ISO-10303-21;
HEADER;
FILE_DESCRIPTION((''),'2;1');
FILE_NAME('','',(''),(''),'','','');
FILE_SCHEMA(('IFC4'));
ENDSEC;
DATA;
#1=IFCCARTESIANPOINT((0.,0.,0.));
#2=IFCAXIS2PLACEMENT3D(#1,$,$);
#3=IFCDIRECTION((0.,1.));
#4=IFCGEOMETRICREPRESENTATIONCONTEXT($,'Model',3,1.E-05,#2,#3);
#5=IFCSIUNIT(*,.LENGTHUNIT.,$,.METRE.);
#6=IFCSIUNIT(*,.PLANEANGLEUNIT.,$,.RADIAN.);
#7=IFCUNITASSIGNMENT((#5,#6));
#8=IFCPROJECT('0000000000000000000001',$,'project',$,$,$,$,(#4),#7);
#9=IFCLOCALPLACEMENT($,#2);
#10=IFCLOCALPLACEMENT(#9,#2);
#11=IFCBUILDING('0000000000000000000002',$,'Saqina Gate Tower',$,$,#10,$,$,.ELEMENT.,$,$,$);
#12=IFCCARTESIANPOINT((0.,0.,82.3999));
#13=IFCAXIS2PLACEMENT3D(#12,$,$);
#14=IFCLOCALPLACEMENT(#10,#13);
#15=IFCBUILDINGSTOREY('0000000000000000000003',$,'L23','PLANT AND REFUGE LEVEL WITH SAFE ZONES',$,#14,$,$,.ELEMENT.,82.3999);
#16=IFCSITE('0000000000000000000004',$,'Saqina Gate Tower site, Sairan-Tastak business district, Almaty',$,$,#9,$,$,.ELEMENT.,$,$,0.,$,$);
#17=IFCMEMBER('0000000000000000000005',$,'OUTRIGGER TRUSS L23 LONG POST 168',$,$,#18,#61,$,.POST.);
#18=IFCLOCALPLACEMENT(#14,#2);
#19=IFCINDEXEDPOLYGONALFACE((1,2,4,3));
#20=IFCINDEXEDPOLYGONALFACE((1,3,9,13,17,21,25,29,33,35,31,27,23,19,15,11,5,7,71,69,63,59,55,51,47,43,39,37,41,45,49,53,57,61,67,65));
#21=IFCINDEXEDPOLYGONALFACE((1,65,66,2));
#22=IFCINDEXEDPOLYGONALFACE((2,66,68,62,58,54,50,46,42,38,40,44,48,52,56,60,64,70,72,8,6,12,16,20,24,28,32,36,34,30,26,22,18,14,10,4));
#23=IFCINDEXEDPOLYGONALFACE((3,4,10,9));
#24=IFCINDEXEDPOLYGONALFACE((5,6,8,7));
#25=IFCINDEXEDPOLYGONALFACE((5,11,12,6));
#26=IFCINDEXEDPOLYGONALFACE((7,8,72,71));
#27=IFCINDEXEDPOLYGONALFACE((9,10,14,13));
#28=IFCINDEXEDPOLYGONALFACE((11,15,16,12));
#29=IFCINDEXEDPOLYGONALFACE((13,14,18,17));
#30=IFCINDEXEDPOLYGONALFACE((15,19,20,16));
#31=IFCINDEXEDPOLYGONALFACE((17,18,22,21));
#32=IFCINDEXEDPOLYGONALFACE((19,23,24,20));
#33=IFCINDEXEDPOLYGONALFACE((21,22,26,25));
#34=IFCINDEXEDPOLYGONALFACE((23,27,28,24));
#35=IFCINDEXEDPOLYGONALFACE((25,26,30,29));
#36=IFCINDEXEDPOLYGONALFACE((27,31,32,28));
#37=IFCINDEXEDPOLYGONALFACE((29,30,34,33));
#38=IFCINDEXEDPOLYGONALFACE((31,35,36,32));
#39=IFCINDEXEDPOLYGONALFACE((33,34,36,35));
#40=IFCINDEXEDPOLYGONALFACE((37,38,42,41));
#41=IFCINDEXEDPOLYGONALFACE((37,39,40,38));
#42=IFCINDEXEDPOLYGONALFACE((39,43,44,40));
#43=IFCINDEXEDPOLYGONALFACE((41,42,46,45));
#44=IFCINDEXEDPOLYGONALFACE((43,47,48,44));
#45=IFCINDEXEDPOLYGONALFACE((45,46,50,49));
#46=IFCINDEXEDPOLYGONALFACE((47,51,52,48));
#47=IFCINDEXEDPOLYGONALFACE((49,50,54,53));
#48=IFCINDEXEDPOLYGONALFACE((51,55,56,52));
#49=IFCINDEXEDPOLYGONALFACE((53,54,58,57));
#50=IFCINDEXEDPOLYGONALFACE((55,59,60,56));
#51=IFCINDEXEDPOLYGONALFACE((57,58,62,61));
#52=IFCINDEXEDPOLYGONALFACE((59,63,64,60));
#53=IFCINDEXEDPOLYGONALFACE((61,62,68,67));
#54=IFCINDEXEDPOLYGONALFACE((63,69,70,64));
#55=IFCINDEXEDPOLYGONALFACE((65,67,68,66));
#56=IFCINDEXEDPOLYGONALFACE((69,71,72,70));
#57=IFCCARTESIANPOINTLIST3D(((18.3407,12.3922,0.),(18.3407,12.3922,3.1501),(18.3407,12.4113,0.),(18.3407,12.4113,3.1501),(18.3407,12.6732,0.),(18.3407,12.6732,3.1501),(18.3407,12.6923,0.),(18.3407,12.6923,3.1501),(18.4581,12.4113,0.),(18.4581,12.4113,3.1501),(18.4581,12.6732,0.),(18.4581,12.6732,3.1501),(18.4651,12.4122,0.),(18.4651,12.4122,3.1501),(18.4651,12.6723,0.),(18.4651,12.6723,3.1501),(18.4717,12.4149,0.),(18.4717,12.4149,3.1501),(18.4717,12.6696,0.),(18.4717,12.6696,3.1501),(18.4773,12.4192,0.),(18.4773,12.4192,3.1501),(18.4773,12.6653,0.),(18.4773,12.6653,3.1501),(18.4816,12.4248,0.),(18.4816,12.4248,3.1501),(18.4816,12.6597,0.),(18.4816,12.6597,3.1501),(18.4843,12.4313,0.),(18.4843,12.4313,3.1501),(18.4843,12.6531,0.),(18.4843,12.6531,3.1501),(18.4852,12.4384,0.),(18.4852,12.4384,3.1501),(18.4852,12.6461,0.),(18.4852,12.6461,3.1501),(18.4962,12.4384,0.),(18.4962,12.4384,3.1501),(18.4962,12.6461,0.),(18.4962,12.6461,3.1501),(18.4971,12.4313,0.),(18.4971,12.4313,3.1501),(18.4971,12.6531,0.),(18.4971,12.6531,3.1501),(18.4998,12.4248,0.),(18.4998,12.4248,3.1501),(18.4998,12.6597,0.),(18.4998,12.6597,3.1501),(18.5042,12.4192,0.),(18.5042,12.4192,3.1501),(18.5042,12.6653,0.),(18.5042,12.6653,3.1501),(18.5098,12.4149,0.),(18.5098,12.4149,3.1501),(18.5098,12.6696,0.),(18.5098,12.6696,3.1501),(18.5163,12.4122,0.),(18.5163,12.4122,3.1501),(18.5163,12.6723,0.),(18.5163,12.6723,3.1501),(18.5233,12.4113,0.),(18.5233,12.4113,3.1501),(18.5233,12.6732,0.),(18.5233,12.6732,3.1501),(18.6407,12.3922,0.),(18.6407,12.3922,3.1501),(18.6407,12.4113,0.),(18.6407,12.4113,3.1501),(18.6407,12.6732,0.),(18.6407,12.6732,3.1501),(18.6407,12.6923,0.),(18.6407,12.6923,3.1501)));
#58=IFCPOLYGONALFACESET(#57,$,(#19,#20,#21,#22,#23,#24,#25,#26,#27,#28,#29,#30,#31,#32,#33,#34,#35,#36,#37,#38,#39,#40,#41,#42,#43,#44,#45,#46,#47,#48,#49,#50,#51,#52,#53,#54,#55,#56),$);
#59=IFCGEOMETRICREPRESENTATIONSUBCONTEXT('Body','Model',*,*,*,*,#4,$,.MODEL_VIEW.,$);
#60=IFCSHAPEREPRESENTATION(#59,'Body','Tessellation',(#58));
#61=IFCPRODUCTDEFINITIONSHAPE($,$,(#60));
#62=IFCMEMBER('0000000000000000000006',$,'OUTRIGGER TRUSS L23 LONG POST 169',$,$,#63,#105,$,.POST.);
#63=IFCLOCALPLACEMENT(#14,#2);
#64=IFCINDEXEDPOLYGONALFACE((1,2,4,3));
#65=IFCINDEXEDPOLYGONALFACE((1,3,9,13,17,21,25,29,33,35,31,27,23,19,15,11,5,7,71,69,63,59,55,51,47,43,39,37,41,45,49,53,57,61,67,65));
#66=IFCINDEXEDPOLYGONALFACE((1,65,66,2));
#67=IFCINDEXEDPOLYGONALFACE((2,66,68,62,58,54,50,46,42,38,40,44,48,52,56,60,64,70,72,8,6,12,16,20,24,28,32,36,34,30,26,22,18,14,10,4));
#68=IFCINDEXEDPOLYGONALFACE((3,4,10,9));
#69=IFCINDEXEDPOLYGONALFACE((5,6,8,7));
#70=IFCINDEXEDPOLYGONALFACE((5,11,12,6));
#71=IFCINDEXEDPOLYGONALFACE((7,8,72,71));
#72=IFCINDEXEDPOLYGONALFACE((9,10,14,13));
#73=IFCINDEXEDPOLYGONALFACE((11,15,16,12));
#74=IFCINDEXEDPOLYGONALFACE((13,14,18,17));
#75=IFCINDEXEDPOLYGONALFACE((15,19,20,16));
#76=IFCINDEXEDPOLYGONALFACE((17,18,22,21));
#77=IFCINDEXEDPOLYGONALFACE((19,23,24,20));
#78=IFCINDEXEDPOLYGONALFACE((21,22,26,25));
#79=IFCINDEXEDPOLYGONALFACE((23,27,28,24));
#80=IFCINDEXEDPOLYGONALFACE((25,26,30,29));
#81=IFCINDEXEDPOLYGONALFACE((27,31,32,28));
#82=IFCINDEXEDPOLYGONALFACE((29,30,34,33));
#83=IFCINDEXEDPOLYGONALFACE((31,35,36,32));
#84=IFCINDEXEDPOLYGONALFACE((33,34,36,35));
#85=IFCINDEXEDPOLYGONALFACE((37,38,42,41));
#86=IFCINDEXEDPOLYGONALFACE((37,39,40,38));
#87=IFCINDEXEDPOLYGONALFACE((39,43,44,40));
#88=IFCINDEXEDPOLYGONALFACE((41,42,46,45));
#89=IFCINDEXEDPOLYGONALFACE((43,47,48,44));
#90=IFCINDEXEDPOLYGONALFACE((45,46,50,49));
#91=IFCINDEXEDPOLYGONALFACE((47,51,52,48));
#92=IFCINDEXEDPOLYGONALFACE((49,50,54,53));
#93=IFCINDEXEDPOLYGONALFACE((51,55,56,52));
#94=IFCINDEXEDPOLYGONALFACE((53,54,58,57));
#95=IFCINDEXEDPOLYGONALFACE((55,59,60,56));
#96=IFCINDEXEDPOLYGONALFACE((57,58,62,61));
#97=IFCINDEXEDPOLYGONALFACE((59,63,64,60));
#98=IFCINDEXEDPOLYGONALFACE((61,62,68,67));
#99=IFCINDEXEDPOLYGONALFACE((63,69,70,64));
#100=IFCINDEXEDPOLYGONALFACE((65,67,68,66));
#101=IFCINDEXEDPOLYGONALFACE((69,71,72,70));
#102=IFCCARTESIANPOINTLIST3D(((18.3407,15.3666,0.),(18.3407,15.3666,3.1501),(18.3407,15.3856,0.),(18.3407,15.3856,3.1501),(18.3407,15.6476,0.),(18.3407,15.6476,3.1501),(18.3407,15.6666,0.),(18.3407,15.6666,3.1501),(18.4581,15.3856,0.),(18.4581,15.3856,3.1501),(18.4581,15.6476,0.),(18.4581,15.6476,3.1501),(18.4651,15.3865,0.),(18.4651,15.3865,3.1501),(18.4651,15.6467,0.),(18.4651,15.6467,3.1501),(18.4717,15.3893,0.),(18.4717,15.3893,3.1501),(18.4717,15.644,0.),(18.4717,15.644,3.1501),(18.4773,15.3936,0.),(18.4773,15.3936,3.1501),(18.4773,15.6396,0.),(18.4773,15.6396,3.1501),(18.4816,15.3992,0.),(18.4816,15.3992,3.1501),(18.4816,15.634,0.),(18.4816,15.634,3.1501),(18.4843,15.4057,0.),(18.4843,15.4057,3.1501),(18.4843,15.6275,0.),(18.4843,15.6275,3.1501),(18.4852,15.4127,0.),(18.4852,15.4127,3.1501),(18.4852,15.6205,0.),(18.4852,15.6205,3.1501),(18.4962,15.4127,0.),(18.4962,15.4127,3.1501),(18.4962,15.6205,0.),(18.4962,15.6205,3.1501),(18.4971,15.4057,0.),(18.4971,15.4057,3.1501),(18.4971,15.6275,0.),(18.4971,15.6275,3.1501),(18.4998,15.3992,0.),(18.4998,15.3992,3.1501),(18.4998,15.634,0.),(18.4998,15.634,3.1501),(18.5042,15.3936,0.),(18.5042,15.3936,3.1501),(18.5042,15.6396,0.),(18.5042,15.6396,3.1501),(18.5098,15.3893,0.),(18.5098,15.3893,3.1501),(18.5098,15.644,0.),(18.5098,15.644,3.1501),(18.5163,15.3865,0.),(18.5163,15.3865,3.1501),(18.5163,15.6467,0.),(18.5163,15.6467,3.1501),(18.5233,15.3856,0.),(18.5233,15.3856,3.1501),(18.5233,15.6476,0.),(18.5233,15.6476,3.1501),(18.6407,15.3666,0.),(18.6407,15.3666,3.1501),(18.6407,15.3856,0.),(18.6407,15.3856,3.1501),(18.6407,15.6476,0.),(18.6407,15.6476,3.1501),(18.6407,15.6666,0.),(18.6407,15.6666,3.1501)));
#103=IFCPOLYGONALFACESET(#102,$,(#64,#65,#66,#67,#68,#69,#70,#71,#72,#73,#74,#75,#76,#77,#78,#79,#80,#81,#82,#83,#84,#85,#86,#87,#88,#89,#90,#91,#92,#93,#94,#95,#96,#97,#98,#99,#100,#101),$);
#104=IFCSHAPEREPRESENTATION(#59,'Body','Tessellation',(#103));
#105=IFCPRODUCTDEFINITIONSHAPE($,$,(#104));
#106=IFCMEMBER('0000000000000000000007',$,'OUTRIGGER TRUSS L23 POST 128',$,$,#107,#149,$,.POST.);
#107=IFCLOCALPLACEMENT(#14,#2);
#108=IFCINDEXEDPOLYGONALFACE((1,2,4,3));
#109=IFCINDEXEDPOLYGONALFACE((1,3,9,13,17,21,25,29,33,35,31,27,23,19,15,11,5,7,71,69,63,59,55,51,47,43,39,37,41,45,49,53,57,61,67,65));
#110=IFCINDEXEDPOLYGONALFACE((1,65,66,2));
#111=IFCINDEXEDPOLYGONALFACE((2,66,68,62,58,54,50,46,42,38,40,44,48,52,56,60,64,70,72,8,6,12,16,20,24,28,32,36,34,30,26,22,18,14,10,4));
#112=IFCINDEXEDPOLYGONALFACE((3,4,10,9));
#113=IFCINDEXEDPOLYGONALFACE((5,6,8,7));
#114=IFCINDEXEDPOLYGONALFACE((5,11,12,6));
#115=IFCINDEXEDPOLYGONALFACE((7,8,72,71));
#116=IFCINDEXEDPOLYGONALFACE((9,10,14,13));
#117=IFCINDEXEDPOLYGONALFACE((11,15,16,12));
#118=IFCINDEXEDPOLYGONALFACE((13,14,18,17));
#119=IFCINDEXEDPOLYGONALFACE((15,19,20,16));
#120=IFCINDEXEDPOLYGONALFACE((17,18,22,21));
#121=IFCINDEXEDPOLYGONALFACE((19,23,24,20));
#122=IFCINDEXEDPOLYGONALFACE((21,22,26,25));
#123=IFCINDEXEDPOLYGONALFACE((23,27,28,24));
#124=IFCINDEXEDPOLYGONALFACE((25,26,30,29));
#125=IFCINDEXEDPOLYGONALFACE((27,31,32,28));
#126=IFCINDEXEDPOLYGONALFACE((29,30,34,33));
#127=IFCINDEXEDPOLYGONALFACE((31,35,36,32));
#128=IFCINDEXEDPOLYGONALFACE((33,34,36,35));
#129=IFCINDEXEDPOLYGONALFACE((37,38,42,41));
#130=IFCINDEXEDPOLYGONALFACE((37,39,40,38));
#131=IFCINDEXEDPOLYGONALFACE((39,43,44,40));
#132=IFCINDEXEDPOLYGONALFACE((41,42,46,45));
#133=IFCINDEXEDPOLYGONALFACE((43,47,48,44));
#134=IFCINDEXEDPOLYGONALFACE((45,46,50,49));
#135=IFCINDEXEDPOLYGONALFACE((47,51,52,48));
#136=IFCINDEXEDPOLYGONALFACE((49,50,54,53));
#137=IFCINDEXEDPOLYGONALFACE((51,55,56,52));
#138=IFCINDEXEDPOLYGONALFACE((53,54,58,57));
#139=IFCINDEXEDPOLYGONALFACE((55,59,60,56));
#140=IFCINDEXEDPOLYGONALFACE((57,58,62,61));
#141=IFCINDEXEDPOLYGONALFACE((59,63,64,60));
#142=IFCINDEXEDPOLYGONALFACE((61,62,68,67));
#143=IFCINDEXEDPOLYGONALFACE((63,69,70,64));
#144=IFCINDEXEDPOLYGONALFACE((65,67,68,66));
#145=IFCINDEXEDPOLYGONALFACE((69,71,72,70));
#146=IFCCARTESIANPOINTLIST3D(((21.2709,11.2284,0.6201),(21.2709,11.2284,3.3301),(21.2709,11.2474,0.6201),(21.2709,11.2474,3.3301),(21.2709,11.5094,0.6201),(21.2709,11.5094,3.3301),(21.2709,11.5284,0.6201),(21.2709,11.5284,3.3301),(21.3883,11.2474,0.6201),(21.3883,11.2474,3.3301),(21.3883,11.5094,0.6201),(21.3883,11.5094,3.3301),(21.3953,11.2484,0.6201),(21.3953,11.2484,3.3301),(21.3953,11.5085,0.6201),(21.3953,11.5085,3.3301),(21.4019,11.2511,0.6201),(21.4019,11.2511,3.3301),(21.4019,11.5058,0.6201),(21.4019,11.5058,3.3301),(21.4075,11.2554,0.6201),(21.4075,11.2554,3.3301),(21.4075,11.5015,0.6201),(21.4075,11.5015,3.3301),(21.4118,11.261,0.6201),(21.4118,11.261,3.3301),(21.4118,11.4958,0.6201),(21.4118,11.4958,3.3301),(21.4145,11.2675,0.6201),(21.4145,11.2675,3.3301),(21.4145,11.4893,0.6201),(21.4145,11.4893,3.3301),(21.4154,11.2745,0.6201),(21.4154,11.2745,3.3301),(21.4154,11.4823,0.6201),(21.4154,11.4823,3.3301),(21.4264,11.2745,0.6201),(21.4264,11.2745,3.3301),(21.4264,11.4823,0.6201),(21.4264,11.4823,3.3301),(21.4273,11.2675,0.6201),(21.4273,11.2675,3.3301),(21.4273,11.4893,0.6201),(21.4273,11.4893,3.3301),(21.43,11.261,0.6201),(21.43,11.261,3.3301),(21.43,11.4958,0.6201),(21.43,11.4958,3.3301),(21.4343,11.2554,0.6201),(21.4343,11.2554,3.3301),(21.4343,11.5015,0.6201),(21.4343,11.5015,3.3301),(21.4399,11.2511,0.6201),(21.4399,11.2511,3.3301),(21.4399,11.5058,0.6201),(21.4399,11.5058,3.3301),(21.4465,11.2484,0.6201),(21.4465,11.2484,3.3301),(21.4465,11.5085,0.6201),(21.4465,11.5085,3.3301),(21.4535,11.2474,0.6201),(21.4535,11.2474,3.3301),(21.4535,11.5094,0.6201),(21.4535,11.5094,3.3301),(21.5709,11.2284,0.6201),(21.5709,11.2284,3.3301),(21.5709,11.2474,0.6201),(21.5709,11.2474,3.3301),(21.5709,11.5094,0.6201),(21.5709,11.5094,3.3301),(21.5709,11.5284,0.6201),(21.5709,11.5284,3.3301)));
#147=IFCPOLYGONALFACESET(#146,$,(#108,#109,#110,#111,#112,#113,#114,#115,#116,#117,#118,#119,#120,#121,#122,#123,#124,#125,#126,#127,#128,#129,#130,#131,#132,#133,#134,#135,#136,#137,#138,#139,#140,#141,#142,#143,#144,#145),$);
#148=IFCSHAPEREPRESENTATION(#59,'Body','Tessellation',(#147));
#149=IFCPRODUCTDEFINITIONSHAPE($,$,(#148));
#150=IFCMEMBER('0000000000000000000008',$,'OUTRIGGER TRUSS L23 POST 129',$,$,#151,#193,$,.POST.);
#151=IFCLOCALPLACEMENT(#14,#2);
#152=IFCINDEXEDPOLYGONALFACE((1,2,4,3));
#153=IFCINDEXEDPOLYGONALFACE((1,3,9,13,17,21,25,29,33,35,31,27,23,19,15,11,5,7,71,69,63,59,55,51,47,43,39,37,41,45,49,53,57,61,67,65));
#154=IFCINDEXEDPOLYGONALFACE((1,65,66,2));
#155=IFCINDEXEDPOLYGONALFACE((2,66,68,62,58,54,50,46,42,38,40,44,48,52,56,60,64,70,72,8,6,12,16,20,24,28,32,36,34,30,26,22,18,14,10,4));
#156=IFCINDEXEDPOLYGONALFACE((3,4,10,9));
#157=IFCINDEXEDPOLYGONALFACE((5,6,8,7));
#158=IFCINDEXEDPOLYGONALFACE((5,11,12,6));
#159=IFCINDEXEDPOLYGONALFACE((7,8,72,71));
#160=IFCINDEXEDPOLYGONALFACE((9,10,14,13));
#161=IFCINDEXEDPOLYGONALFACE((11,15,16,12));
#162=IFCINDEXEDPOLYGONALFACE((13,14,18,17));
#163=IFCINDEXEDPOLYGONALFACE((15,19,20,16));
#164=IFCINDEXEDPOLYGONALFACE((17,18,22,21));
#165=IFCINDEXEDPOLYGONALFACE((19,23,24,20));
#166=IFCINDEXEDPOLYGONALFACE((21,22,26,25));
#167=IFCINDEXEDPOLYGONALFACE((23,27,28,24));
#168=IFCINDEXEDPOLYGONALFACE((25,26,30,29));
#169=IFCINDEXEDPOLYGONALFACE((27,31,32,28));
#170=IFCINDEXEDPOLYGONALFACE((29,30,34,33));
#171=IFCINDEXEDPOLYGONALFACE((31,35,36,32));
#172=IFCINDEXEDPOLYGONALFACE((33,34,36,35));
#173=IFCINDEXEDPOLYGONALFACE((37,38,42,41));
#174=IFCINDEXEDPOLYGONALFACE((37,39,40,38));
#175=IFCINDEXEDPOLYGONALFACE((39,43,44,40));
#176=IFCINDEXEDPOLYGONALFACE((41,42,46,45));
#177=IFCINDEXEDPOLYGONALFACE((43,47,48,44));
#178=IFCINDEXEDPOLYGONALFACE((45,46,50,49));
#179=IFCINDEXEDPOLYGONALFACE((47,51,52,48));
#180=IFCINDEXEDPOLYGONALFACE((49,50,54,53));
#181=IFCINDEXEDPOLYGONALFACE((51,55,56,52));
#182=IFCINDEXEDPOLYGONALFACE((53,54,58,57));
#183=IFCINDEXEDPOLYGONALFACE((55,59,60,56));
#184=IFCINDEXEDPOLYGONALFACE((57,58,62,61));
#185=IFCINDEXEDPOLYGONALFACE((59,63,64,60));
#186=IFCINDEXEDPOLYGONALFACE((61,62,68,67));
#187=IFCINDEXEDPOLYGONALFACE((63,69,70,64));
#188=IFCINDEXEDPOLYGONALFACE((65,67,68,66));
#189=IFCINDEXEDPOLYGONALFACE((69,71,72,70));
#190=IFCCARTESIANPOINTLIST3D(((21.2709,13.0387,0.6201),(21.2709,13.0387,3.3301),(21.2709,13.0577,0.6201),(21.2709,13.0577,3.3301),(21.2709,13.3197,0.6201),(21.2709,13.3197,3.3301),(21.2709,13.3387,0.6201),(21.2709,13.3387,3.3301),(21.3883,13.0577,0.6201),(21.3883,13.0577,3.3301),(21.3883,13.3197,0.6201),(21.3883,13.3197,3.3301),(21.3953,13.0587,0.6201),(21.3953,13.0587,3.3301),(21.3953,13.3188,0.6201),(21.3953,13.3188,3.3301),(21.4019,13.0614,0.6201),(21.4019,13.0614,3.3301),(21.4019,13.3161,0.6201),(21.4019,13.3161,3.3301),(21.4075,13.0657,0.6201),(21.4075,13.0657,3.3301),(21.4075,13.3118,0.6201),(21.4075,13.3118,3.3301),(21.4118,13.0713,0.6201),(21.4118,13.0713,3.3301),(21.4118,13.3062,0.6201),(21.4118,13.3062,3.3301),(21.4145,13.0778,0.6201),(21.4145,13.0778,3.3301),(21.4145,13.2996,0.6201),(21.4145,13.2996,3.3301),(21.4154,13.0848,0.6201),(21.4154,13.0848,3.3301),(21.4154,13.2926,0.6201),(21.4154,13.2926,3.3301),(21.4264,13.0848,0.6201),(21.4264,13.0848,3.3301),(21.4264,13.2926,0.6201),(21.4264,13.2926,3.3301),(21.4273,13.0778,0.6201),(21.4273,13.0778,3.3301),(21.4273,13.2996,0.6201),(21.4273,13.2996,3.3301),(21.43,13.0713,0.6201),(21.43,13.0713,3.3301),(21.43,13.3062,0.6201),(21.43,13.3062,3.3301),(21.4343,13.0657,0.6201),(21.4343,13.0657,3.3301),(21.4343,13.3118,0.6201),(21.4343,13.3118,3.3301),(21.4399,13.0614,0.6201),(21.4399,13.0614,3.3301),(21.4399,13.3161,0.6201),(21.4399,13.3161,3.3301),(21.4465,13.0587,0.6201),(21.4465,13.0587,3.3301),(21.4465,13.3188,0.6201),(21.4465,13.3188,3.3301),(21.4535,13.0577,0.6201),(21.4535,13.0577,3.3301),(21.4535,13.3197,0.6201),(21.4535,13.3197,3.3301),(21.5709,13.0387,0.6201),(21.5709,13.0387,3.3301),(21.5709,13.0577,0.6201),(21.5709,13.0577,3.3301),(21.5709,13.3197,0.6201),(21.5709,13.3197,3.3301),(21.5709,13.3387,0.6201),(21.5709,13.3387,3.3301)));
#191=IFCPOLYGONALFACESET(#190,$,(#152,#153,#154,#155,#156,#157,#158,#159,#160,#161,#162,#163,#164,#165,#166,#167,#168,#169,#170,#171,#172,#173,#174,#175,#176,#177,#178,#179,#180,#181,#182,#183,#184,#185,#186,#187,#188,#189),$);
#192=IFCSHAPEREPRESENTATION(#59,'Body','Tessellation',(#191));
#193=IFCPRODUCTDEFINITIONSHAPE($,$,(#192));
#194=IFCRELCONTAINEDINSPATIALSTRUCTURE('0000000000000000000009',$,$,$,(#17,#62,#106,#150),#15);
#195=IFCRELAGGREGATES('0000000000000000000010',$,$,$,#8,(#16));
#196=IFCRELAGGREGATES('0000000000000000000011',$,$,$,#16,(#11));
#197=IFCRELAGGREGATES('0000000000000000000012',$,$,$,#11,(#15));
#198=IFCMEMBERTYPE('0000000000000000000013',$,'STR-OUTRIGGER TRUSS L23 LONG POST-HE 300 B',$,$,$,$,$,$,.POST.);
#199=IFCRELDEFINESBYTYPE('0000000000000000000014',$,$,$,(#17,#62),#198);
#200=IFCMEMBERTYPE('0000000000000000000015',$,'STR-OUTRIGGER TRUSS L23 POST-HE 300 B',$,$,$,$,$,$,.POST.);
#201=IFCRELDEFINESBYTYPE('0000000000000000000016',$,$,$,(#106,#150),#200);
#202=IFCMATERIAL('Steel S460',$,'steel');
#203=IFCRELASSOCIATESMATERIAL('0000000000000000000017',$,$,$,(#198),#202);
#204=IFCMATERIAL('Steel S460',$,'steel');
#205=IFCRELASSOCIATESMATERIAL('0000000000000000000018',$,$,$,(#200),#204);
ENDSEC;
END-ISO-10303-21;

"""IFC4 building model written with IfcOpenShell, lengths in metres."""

from ifc_helpers import new_model, si_unit, direction, frame, origin, origin_2d, place, context, subcontext, project, spatial, i_section, extrude, material, material_profile, profile_set, type_object, element, save


model = new_model("IFC4")

# Units and contexts
model_context = context("Model", 3, precision=1e-05, world=origin(), true_north=direction((0.0, 1.0)))
body_context = subcontext(model_context, "Body", "Model", "MODEL_VIEW")
ifc_project = project(units=[si_unit("LENGTHUNIT", "METRE"), si_unit("PLANEANGLEUNIT", "RADIAN")], contexts=[model_context])

# Site, building, storey
site_placement = place(None, origin())
site = spatial("IfcSite", under=ifc_project, at=site_placement, Name="Saqina Gate Tower site, Sairan-Tastak business district, Almaty", CompositionType="ELEMENT", RefElevation=0.0)
building_placement = place(site_placement, origin())
building = spatial("IfcBuilding", under=site, at=building_placement, Name="Saqina Gate Tower", CompositionType="ELEMENT")
storey_placement = place(building_placement, frame((0.0, 0.0, 82.3999)))
storey = spatial("IfcBuildingStorey", under=building, at=storey_placement, Name="L23", Description="PLANT AND REFUGE LEVEL WITH SAFE ZONES", CompositionType="ELEMENT", Elevation=82.3999)

# Members
ifc_material_1 = material(Name="Steel S460", Category="steel")
ifc_material_profile_1 = material_profile(ifc_material_1, i_section(OverallWidth=0.3, OverallDepth=0.3, WebThickness=0.011, FlangeThickness=0.019, FilletRadius=0.0271, at=origin_2d()), Name="HE 300 B")
ifc_profile_set_1 = profile_set([ifc_material_profile_1], Name="Steel S460")
member_type_1 = type_object("IfcMemberType", Name="STR-OUTRIGGER TRUSS L23 LONG POST-HE 300 B", PredefinedType="POST", material=ifc_profile_set_1)
for number, where, z_axis, x_axis, name in (
    (1, (18.4907, 12.5422, 0.0), (0.0, 0.0, 1.0), (1.0, 0.0, 0.0), "OUTRIGGER TRUSS L23 LONG POST 168"),
    (2, (18.4907, 15.5166, 0.0), (0.0, 0.0, 1.0), (1.0, 0.0, 0.0), "OUTRIGGER TRUSS L23 LONG POST 169"),
):
    element("IfcMember", number, at=place(storey_placement, frame(where, z_axis=z_axis, x_axis=x_axis)), inside=storey, type_object=member_type_1, Name=name, PredefinedType="POST", context=body_context, shape_type="SweptSolid", body=[
        extrude(i_section(OverallWidth=0.3, OverallDepth=0.3, WebThickness=0.011, FlangeThickness=0.019, FilletRadius=0.0271, at=origin_2d()), origin(), (0.0, 0.0, 1.0), 3.1501),
    ])
ifc_material_2 = material(Name="Steel S460", Category="steel")
ifc_material_profile_2 = material_profile(ifc_material_2, i_section(OverallWidth=0.3, OverallDepth=0.3, WebThickness=0.011, FlangeThickness=0.019, FilletRadius=0.0271, at=origin_2d()), Name="HE 300 B")
ifc_profile_set_2 = profile_set([ifc_material_profile_2], Name="Steel S460")
member_type_2 = type_object("IfcMemberType", Name="STR-OUTRIGGER TRUSS L23 POST-HE 300 B", PredefinedType="POST", material=ifc_profile_set_2)
for number, where, z_axis, x_axis, name in (
    (3, (21.4209, 11.3784, 0.6201), (0.0, 0.0, 1.0), (1.0, 0.0, 0.0), "OUTRIGGER TRUSS L23 POST 128"),
    (4, (21.4209, 13.1887, 0.6201), (0.0, 0.0, 1.0), (1.0, 0.0, 0.0), "OUTRIGGER TRUSS L23 POST 129"),
):
    element("IfcMember", number, at=place(storey_placement, frame(where, z_axis=z_axis, x_axis=x_axis)), inside=storey, type_object=member_type_2, Name=name, PredefinedType="POST", context=body_context, shape_type="SweptSolid", body=[
        extrude(i_section(OverallWidth=0.3, OverallDepth=0.3, WebThickness=0.011, FlangeThickness=0.019, FilletRadius=0.0271, at=origin_2d()), origin(), (0.0, 0.0, 1.0), 2.71),
    ])

save(model, "model.ifc")
